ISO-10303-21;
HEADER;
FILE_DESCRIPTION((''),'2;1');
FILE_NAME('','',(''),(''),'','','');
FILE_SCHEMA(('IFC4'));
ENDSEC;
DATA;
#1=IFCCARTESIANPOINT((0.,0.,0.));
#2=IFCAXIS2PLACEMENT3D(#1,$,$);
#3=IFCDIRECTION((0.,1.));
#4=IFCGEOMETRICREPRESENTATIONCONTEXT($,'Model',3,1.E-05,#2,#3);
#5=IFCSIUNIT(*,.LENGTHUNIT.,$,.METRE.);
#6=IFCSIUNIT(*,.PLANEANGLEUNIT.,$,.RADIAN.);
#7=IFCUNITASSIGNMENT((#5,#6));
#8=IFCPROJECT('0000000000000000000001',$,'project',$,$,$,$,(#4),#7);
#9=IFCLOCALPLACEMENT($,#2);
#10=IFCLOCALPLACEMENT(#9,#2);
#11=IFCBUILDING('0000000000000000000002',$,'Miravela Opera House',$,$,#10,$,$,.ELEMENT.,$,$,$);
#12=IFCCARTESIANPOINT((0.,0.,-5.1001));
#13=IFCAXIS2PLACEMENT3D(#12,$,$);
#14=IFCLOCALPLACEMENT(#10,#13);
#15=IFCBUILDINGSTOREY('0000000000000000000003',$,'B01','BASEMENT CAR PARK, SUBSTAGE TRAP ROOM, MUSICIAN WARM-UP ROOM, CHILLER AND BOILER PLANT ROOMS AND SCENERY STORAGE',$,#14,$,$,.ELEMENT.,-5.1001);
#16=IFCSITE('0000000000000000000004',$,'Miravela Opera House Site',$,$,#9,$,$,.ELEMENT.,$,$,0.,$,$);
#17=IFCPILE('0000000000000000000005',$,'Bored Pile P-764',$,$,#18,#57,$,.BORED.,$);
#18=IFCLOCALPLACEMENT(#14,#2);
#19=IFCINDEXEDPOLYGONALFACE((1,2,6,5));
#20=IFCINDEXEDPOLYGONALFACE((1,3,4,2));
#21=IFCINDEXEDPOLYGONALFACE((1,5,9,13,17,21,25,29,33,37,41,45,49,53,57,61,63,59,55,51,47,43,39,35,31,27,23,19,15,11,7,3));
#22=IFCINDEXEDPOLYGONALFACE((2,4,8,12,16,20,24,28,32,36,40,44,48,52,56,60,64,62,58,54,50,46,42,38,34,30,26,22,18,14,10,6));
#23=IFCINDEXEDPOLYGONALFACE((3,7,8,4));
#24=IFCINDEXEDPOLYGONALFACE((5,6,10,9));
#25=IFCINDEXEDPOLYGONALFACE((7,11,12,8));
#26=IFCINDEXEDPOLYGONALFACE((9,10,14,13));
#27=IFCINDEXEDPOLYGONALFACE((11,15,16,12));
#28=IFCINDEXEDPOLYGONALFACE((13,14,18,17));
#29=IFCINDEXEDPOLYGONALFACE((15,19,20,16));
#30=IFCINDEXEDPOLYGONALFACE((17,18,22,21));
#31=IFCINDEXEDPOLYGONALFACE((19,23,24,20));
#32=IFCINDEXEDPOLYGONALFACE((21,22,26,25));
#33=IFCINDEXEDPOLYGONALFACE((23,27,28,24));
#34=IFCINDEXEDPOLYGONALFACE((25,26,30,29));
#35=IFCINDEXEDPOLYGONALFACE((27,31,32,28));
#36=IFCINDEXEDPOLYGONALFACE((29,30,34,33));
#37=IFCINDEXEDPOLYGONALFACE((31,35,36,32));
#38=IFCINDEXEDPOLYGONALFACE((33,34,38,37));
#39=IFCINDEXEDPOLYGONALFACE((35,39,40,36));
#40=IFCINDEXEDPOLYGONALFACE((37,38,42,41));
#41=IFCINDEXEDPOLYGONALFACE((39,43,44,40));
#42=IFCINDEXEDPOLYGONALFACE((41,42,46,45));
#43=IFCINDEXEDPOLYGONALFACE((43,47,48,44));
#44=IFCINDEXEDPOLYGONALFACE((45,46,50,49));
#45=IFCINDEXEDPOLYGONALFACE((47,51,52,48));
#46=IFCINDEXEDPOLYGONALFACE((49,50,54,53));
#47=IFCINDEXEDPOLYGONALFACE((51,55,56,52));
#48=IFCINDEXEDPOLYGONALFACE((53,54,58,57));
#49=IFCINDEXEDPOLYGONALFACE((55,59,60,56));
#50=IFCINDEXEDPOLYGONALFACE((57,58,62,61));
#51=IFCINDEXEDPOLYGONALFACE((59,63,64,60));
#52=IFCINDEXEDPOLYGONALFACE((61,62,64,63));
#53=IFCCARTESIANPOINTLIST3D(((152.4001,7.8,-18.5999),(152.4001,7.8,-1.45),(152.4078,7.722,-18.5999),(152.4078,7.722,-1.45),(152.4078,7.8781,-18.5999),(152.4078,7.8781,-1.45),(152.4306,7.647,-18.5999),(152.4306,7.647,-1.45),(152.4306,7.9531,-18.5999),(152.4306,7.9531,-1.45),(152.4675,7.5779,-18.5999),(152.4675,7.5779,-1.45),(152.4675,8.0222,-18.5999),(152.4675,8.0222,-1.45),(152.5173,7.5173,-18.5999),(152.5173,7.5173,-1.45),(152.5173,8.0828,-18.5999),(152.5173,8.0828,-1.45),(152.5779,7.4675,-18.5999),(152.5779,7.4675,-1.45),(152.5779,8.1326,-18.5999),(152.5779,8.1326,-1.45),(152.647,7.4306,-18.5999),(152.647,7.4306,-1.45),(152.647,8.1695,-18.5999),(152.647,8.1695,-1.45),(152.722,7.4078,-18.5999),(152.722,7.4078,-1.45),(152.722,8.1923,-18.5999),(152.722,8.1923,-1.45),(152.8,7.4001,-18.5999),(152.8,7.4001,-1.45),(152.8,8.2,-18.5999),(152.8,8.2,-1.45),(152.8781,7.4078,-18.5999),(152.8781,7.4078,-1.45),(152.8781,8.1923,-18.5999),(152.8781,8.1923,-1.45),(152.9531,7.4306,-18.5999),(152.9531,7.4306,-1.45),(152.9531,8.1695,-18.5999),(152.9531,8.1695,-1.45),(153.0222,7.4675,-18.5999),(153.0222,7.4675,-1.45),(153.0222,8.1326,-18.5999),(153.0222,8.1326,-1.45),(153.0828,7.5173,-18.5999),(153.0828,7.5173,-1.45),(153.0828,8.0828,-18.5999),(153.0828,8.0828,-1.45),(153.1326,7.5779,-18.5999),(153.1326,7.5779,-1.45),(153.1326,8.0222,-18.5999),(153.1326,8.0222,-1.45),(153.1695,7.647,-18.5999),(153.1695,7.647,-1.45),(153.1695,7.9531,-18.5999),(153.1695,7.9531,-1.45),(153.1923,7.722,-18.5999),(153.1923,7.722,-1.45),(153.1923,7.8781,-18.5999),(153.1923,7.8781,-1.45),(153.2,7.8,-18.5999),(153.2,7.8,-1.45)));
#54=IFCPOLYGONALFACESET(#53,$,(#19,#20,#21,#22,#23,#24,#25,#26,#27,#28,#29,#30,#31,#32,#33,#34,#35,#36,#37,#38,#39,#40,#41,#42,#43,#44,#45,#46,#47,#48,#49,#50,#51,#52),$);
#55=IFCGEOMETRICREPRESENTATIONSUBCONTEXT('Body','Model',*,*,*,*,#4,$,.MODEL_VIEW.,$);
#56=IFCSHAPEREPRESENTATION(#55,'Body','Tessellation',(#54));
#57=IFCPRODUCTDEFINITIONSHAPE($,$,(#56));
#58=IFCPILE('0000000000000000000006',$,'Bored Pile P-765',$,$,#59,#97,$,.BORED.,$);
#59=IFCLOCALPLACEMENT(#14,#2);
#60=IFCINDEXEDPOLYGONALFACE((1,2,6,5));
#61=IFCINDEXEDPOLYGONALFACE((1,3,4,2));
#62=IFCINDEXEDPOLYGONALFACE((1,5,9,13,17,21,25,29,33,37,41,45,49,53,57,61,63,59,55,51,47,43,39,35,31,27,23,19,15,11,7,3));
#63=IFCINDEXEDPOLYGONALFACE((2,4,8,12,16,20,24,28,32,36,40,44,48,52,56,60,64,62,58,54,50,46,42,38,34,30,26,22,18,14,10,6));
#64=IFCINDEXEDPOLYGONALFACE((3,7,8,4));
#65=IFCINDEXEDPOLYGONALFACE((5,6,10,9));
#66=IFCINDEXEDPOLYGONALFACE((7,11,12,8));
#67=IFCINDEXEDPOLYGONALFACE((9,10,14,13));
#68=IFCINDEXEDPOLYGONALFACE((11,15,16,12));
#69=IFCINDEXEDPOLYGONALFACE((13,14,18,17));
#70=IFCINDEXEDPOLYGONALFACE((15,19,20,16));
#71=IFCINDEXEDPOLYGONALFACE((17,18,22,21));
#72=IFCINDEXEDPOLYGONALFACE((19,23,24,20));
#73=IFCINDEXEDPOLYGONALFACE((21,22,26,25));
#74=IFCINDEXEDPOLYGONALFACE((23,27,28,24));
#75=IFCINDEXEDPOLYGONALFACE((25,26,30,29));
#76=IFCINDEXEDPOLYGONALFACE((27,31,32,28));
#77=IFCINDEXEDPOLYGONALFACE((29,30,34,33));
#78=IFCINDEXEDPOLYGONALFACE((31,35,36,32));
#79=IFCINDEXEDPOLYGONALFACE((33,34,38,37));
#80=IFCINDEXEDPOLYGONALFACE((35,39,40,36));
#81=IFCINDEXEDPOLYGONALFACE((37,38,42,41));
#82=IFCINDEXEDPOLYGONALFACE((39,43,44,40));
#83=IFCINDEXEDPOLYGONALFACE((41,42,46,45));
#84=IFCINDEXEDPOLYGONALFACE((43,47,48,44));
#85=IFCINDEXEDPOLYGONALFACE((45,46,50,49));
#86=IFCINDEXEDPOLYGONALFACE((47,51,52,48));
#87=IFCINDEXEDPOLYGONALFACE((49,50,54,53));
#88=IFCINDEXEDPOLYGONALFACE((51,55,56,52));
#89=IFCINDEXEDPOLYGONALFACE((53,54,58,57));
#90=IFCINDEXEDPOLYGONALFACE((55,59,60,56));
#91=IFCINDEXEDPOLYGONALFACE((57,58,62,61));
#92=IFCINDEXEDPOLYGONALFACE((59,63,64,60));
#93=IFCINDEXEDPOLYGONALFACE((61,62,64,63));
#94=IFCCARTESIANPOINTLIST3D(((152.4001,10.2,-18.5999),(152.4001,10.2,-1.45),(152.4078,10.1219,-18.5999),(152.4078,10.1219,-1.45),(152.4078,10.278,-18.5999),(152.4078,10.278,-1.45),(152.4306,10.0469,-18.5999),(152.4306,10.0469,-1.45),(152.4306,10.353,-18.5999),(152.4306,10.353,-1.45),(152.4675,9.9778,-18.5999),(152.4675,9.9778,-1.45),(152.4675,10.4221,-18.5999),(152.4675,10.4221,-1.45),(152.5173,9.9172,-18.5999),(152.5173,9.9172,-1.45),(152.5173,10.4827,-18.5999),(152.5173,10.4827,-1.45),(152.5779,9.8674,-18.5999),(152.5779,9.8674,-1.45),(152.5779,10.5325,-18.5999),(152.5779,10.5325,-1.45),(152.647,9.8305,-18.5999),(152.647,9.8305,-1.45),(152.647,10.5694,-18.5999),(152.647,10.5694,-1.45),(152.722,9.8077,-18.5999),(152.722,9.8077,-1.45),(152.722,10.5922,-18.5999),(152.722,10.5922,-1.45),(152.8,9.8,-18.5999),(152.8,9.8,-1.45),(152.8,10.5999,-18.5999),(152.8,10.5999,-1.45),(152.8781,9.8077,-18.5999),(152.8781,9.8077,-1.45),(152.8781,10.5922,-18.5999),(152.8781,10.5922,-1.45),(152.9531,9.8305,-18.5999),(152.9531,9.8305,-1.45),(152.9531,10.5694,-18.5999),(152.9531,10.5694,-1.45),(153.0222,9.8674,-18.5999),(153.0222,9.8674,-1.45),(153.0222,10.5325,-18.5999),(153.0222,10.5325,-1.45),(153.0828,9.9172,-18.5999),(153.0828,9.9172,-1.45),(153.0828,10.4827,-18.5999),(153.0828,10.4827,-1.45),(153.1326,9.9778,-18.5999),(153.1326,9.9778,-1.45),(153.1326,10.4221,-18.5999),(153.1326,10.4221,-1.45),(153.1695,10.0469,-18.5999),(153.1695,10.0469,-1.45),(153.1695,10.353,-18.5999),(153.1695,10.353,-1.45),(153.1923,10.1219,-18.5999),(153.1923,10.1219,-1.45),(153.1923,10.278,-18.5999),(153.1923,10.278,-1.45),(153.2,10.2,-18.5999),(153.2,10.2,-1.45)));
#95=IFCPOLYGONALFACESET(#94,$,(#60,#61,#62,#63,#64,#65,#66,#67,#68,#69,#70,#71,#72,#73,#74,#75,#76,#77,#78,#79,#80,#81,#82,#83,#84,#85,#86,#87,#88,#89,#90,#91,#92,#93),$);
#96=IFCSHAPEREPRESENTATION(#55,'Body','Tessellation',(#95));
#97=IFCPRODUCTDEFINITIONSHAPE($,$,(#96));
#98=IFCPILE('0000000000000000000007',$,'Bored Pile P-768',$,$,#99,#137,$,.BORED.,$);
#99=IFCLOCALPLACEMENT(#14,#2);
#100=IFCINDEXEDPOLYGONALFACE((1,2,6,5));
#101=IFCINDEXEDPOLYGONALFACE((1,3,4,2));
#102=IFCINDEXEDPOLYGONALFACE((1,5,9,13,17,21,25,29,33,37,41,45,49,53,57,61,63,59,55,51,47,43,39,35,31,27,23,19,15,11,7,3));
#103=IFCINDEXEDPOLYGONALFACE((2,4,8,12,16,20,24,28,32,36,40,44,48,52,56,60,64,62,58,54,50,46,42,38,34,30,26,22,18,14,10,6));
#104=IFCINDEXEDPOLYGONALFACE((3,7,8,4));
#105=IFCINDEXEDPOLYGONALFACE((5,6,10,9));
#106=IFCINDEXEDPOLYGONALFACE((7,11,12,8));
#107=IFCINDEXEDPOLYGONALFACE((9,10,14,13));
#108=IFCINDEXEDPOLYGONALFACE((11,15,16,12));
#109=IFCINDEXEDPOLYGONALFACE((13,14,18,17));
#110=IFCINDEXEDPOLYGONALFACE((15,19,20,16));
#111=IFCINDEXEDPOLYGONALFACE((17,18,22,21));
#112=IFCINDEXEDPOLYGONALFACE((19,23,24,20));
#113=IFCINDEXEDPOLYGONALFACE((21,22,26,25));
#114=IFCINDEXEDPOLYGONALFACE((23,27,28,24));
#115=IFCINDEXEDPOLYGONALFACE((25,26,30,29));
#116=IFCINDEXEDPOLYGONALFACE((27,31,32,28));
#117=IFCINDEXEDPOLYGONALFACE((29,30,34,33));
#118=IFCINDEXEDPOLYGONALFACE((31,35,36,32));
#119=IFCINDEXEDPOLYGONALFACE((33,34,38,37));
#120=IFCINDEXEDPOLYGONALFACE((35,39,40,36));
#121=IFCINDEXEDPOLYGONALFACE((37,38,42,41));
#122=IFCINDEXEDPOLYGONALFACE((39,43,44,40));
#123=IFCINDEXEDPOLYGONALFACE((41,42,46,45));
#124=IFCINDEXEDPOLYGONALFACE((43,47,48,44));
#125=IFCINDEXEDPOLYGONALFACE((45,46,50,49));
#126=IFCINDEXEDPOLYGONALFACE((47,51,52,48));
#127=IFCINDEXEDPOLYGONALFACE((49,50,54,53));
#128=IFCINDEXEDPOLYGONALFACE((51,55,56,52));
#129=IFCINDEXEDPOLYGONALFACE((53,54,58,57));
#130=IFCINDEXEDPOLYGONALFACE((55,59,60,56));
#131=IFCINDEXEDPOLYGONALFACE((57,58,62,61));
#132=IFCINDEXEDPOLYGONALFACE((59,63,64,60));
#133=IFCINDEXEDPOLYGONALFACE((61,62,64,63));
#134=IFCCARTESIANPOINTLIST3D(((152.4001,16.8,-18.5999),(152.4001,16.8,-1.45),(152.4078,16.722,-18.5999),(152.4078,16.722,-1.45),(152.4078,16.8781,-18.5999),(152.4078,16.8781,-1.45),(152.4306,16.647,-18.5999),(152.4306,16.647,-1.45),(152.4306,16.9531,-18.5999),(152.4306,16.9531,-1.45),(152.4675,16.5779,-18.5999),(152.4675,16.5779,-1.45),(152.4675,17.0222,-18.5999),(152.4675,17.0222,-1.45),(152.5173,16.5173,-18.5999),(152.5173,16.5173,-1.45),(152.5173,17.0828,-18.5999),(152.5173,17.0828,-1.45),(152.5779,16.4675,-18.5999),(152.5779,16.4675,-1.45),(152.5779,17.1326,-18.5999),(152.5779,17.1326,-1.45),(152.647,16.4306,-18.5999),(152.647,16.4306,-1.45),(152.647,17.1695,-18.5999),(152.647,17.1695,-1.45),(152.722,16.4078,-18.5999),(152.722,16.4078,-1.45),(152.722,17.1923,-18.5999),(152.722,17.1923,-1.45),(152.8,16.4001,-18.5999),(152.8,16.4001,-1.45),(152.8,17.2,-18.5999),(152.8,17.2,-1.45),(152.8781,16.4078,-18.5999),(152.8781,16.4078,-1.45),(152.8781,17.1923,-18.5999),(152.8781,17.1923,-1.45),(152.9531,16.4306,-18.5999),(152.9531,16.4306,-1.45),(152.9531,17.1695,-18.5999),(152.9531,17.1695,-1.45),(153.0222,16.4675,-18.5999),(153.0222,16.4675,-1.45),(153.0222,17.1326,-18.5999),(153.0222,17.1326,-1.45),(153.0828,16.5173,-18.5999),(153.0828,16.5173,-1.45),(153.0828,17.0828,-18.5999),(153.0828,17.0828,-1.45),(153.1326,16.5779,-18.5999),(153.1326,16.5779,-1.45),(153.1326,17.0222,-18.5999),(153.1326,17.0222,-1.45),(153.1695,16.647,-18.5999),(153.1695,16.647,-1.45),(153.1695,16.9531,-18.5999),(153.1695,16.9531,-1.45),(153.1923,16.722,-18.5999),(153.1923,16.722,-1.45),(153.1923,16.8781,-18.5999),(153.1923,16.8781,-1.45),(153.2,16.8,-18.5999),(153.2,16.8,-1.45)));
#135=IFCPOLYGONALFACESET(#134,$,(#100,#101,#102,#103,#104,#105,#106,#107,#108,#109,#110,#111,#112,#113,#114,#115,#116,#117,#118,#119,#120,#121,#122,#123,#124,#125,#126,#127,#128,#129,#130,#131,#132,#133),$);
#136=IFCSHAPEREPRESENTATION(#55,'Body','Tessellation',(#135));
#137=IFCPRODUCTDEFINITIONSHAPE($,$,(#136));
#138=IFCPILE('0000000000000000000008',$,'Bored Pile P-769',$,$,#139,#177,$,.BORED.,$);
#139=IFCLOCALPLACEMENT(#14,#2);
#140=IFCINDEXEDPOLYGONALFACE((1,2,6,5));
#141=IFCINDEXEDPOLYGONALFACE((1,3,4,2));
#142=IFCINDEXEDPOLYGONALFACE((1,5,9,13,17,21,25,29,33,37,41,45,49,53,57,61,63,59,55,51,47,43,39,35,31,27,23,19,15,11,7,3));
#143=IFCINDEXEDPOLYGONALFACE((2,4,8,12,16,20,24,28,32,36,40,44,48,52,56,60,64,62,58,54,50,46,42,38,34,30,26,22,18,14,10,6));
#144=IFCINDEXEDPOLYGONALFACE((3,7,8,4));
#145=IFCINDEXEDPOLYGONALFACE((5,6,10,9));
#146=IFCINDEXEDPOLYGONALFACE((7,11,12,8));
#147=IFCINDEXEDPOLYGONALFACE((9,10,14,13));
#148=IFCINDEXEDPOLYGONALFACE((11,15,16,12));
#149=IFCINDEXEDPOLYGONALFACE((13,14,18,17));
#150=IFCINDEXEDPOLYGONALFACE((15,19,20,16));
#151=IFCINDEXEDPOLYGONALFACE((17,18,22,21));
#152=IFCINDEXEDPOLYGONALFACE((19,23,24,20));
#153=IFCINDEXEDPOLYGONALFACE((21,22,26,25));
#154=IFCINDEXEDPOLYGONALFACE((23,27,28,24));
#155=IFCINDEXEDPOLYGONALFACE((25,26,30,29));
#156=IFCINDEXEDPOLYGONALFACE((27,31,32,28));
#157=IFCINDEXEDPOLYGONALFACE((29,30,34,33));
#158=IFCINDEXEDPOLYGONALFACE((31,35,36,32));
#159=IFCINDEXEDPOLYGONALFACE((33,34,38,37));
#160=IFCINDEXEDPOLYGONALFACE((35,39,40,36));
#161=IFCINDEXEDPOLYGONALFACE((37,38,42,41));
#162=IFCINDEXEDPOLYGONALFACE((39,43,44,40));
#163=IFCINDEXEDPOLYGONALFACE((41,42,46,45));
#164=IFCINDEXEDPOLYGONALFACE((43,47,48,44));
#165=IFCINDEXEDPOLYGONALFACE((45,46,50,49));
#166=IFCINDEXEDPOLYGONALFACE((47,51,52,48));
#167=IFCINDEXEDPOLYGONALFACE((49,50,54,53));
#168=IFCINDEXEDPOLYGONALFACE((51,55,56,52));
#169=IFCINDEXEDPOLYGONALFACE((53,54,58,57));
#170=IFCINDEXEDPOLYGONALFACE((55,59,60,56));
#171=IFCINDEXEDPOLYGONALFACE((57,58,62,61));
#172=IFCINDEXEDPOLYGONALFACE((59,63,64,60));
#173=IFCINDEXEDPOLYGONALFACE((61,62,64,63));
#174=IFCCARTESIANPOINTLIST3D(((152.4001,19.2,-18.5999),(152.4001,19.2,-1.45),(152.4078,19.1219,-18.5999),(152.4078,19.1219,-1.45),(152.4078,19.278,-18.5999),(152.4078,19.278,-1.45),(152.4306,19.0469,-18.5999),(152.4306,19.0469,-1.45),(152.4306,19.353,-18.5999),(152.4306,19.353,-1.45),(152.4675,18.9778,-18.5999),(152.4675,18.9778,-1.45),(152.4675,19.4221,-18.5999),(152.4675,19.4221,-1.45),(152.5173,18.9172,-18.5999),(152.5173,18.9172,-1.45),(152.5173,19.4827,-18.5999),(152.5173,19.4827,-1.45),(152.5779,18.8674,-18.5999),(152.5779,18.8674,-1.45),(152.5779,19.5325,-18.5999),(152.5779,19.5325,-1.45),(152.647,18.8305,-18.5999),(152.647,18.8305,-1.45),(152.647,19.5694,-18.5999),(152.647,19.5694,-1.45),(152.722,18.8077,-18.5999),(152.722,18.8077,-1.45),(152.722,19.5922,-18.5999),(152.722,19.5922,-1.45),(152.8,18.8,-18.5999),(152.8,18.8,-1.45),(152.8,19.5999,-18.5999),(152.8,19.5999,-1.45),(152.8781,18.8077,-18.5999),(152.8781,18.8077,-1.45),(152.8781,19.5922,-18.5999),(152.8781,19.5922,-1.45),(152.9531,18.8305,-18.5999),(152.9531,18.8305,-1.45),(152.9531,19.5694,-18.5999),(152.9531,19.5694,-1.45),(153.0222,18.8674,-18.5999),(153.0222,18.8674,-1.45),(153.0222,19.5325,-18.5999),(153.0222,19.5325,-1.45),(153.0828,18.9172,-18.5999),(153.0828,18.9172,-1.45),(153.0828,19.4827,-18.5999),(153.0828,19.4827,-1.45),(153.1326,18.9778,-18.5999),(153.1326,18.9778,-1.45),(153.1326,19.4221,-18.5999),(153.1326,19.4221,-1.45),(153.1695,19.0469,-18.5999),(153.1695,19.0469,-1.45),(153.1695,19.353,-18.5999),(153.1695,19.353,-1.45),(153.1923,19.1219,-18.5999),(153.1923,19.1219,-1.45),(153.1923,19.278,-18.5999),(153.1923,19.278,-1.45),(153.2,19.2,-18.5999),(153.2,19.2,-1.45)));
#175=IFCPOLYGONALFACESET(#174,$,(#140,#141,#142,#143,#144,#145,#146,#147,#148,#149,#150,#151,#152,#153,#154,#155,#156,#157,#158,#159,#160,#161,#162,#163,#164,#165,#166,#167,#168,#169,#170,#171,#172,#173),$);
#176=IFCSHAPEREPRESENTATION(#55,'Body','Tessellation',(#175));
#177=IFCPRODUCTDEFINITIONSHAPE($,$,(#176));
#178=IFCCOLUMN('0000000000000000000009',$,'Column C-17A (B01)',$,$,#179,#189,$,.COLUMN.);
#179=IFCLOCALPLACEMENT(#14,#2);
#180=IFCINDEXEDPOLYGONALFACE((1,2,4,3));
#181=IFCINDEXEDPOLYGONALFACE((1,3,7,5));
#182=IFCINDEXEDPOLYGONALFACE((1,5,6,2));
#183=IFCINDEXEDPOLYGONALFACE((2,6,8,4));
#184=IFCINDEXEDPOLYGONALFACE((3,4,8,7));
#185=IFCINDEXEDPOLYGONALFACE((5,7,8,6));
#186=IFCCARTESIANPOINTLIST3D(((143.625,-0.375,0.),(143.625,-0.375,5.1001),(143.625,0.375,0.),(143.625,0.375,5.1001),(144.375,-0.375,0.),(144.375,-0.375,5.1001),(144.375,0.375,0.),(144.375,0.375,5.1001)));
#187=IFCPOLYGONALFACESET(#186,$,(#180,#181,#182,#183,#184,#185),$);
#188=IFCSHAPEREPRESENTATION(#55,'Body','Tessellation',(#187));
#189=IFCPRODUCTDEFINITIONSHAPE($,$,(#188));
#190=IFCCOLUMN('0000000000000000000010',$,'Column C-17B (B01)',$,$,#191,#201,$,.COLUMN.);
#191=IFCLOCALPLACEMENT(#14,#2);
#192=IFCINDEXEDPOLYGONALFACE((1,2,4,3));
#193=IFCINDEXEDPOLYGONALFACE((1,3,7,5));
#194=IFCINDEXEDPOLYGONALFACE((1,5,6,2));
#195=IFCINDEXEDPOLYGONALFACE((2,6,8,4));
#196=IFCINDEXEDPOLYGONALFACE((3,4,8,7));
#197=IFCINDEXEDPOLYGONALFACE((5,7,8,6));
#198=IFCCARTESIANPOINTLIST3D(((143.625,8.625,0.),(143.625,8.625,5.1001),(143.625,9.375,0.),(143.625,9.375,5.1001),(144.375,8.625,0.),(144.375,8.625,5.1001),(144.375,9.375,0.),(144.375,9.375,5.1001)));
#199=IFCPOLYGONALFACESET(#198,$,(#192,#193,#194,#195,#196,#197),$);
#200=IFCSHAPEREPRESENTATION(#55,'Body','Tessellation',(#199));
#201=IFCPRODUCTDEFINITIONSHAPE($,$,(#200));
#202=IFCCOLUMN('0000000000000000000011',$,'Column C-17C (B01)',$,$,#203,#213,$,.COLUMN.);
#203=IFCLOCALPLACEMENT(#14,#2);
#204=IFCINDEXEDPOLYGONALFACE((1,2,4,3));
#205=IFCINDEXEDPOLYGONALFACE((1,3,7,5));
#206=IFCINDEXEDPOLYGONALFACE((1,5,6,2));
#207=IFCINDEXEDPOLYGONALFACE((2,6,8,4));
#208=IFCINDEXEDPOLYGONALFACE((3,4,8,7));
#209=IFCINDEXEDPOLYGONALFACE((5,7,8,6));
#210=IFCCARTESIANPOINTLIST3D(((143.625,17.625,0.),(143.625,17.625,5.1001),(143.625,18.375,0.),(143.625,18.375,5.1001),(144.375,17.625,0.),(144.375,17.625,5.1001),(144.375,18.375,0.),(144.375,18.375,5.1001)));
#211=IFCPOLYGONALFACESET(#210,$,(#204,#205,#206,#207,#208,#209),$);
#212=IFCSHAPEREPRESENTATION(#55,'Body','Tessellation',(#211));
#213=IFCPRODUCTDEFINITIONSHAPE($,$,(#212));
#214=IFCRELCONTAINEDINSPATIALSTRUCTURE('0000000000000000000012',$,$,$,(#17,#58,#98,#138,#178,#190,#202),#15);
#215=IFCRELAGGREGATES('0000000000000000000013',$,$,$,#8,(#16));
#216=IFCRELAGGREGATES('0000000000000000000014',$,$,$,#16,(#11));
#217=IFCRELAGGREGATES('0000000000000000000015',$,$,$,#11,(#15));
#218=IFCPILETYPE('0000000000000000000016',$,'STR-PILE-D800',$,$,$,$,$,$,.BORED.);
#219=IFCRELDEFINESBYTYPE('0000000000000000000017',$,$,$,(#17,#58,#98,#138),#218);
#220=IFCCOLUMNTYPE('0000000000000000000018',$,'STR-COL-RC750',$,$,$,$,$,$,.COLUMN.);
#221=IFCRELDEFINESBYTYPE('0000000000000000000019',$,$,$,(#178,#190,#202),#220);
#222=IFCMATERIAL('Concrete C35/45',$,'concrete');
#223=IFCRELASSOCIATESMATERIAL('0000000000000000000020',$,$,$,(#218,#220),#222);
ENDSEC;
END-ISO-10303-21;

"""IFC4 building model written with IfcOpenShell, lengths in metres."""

from ifc_helpers import new_model, si_unit, direction, frame, origin, origin_2d, place, context, subcontext, project, spatial, rectangle, circle, extrude, material, material_profile, profile_set, type_object, element, save


model = new_model("IFC4")

# Units and contexts
model_context = context("Model", 3, precision=1e-05, world=origin(), true_north=direction((0.0, 1.0)))
body_context = subcontext(model_context, "Body", "Model", "MODEL_VIEW")
ifc_project = project(units=[si_unit("LENGTHUNIT", "METRE"), si_unit("PLANEANGLEUNIT", "RADIAN")], contexts=[model_context])

# Site, building, storey
site_placement = place(None, origin())
site = spatial("IfcSite", under=ifc_project, at=site_placement, Name="Miravela Opera House Site", CompositionType="ELEMENT", RefElevation=0.0)
building_placement = place(site_placement, origin())
building = spatial("IfcBuilding", under=site, at=building_placement, Name="Miravela Opera House", CompositionType="ELEMENT")
storey_placement = place(building_placement, frame((0.0, 0.0, -5.1001)))
storey = spatial("IfcBuildingStorey", under=building, at=storey_placement, Name="B01", Description="BASEMENT CAR PARK, SUBSTAGE TRAP ROOM, MUSICIAN WARM-UP ROOM, CHILLER AND BOILER PLANT ROOMS AND SCENERY STORAGE", CompositionType="ELEMENT", Elevation=-5.1001)

# Shared definitions
ifc_material_1 = material(Name="Concrete C35/45", Category="concrete")

# Piles
ifc_material_profile_1 = material_profile(ifc_material_1, circle(Radius=0.3999, at=origin_2d()), Name="PILE-D800")
ifc_profile_set_1 = profile_set([ifc_material_profile_1])
pile_type = type_object("IfcPileType", Name="STR-PILE-D800", PredefinedType="BORED", material=ifc_profile_set_1)
for number, where, z_axis, x_axis, name in (
    (1, (152.8, 7.8, -1.45), (0.0, 0.0, -1.0), (1.0, 0.0, 0.0), "Bored Pile P-764"),
    (2, (152.8, 10.2, -1.45), (0.0, 0.0, -1.0), (1.0, 0.0, 0.0), "Bored Pile P-765"),
    (3, (152.8, 16.8, -1.45), (0.0, 0.0, -1.0), (1.0, 0.0, 0.0), "Bored Pile P-768"),
    (4, (152.8, 19.2, -1.45), (0.0, 0.0, -1.0), (1.0, 0.0, 0.0), "Bored Pile P-769"),
):
    element("IfcPile", number, at=place(storey_placement, frame(where, z_axis=z_axis, x_axis=x_axis)), inside=storey, type_object=pile_type, Name=name, PredefinedType="BORED", context=body_context, shape_type="SweptSolid", body=[
        extrude(circle(Radius=0.3999, at=origin_2d()), origin(), (0.0, 0.0, 1.0), 17.1499),
    ])

# Columns
ifc_material_profile_2 = material_profile(ifc_material_1, rectangle(XDim=0.75, YDim=0.75, at=origin_2d()), Name="RC-COL-750X750")
ifc_profile_set_2 = profile_set([ifc_material_profile_2])
column_type = type_object("IfcColumnType", Name="STR-COL-RC750", PredefinedType="COLUMN", material=ifc_profile_set_2)
for number, where, z_axis, x_axis, name in (
    (5, (144.0, 0.0, 0.0), (0.0, 0.0, 1.0), (1.0, 0.0, 0.0), "Column C-17A (B01)"),
    (6, (144.0, 9.0, 0.0), (0.0, 0.0, 1.0), (1.0, 0.0, 0.0), "Column C-17B (B01)"),
    (7, (144.0, 18.0, 0.0), (0.0, 0.0, 1.0), (1.0, 0.0, 0.0), "Column C-17C (B01)"),
):
    element("IfcColumn", number, at=place(storey_placement, frame(where, z_axis=z_axis, x_axis=x_axis)), inside=storey, type_object=column_type, Name=name, PredefinedType="COLUMN", context=body_context, shape_type="SweptSolid", body=[
        extrude(rectangle(XDim=0.75, YDim=0.75, at=origin_2d()), origin(), (0.0, 0.0, 1.0), 5.1001),
    ])

save(model, "model.ifc")
